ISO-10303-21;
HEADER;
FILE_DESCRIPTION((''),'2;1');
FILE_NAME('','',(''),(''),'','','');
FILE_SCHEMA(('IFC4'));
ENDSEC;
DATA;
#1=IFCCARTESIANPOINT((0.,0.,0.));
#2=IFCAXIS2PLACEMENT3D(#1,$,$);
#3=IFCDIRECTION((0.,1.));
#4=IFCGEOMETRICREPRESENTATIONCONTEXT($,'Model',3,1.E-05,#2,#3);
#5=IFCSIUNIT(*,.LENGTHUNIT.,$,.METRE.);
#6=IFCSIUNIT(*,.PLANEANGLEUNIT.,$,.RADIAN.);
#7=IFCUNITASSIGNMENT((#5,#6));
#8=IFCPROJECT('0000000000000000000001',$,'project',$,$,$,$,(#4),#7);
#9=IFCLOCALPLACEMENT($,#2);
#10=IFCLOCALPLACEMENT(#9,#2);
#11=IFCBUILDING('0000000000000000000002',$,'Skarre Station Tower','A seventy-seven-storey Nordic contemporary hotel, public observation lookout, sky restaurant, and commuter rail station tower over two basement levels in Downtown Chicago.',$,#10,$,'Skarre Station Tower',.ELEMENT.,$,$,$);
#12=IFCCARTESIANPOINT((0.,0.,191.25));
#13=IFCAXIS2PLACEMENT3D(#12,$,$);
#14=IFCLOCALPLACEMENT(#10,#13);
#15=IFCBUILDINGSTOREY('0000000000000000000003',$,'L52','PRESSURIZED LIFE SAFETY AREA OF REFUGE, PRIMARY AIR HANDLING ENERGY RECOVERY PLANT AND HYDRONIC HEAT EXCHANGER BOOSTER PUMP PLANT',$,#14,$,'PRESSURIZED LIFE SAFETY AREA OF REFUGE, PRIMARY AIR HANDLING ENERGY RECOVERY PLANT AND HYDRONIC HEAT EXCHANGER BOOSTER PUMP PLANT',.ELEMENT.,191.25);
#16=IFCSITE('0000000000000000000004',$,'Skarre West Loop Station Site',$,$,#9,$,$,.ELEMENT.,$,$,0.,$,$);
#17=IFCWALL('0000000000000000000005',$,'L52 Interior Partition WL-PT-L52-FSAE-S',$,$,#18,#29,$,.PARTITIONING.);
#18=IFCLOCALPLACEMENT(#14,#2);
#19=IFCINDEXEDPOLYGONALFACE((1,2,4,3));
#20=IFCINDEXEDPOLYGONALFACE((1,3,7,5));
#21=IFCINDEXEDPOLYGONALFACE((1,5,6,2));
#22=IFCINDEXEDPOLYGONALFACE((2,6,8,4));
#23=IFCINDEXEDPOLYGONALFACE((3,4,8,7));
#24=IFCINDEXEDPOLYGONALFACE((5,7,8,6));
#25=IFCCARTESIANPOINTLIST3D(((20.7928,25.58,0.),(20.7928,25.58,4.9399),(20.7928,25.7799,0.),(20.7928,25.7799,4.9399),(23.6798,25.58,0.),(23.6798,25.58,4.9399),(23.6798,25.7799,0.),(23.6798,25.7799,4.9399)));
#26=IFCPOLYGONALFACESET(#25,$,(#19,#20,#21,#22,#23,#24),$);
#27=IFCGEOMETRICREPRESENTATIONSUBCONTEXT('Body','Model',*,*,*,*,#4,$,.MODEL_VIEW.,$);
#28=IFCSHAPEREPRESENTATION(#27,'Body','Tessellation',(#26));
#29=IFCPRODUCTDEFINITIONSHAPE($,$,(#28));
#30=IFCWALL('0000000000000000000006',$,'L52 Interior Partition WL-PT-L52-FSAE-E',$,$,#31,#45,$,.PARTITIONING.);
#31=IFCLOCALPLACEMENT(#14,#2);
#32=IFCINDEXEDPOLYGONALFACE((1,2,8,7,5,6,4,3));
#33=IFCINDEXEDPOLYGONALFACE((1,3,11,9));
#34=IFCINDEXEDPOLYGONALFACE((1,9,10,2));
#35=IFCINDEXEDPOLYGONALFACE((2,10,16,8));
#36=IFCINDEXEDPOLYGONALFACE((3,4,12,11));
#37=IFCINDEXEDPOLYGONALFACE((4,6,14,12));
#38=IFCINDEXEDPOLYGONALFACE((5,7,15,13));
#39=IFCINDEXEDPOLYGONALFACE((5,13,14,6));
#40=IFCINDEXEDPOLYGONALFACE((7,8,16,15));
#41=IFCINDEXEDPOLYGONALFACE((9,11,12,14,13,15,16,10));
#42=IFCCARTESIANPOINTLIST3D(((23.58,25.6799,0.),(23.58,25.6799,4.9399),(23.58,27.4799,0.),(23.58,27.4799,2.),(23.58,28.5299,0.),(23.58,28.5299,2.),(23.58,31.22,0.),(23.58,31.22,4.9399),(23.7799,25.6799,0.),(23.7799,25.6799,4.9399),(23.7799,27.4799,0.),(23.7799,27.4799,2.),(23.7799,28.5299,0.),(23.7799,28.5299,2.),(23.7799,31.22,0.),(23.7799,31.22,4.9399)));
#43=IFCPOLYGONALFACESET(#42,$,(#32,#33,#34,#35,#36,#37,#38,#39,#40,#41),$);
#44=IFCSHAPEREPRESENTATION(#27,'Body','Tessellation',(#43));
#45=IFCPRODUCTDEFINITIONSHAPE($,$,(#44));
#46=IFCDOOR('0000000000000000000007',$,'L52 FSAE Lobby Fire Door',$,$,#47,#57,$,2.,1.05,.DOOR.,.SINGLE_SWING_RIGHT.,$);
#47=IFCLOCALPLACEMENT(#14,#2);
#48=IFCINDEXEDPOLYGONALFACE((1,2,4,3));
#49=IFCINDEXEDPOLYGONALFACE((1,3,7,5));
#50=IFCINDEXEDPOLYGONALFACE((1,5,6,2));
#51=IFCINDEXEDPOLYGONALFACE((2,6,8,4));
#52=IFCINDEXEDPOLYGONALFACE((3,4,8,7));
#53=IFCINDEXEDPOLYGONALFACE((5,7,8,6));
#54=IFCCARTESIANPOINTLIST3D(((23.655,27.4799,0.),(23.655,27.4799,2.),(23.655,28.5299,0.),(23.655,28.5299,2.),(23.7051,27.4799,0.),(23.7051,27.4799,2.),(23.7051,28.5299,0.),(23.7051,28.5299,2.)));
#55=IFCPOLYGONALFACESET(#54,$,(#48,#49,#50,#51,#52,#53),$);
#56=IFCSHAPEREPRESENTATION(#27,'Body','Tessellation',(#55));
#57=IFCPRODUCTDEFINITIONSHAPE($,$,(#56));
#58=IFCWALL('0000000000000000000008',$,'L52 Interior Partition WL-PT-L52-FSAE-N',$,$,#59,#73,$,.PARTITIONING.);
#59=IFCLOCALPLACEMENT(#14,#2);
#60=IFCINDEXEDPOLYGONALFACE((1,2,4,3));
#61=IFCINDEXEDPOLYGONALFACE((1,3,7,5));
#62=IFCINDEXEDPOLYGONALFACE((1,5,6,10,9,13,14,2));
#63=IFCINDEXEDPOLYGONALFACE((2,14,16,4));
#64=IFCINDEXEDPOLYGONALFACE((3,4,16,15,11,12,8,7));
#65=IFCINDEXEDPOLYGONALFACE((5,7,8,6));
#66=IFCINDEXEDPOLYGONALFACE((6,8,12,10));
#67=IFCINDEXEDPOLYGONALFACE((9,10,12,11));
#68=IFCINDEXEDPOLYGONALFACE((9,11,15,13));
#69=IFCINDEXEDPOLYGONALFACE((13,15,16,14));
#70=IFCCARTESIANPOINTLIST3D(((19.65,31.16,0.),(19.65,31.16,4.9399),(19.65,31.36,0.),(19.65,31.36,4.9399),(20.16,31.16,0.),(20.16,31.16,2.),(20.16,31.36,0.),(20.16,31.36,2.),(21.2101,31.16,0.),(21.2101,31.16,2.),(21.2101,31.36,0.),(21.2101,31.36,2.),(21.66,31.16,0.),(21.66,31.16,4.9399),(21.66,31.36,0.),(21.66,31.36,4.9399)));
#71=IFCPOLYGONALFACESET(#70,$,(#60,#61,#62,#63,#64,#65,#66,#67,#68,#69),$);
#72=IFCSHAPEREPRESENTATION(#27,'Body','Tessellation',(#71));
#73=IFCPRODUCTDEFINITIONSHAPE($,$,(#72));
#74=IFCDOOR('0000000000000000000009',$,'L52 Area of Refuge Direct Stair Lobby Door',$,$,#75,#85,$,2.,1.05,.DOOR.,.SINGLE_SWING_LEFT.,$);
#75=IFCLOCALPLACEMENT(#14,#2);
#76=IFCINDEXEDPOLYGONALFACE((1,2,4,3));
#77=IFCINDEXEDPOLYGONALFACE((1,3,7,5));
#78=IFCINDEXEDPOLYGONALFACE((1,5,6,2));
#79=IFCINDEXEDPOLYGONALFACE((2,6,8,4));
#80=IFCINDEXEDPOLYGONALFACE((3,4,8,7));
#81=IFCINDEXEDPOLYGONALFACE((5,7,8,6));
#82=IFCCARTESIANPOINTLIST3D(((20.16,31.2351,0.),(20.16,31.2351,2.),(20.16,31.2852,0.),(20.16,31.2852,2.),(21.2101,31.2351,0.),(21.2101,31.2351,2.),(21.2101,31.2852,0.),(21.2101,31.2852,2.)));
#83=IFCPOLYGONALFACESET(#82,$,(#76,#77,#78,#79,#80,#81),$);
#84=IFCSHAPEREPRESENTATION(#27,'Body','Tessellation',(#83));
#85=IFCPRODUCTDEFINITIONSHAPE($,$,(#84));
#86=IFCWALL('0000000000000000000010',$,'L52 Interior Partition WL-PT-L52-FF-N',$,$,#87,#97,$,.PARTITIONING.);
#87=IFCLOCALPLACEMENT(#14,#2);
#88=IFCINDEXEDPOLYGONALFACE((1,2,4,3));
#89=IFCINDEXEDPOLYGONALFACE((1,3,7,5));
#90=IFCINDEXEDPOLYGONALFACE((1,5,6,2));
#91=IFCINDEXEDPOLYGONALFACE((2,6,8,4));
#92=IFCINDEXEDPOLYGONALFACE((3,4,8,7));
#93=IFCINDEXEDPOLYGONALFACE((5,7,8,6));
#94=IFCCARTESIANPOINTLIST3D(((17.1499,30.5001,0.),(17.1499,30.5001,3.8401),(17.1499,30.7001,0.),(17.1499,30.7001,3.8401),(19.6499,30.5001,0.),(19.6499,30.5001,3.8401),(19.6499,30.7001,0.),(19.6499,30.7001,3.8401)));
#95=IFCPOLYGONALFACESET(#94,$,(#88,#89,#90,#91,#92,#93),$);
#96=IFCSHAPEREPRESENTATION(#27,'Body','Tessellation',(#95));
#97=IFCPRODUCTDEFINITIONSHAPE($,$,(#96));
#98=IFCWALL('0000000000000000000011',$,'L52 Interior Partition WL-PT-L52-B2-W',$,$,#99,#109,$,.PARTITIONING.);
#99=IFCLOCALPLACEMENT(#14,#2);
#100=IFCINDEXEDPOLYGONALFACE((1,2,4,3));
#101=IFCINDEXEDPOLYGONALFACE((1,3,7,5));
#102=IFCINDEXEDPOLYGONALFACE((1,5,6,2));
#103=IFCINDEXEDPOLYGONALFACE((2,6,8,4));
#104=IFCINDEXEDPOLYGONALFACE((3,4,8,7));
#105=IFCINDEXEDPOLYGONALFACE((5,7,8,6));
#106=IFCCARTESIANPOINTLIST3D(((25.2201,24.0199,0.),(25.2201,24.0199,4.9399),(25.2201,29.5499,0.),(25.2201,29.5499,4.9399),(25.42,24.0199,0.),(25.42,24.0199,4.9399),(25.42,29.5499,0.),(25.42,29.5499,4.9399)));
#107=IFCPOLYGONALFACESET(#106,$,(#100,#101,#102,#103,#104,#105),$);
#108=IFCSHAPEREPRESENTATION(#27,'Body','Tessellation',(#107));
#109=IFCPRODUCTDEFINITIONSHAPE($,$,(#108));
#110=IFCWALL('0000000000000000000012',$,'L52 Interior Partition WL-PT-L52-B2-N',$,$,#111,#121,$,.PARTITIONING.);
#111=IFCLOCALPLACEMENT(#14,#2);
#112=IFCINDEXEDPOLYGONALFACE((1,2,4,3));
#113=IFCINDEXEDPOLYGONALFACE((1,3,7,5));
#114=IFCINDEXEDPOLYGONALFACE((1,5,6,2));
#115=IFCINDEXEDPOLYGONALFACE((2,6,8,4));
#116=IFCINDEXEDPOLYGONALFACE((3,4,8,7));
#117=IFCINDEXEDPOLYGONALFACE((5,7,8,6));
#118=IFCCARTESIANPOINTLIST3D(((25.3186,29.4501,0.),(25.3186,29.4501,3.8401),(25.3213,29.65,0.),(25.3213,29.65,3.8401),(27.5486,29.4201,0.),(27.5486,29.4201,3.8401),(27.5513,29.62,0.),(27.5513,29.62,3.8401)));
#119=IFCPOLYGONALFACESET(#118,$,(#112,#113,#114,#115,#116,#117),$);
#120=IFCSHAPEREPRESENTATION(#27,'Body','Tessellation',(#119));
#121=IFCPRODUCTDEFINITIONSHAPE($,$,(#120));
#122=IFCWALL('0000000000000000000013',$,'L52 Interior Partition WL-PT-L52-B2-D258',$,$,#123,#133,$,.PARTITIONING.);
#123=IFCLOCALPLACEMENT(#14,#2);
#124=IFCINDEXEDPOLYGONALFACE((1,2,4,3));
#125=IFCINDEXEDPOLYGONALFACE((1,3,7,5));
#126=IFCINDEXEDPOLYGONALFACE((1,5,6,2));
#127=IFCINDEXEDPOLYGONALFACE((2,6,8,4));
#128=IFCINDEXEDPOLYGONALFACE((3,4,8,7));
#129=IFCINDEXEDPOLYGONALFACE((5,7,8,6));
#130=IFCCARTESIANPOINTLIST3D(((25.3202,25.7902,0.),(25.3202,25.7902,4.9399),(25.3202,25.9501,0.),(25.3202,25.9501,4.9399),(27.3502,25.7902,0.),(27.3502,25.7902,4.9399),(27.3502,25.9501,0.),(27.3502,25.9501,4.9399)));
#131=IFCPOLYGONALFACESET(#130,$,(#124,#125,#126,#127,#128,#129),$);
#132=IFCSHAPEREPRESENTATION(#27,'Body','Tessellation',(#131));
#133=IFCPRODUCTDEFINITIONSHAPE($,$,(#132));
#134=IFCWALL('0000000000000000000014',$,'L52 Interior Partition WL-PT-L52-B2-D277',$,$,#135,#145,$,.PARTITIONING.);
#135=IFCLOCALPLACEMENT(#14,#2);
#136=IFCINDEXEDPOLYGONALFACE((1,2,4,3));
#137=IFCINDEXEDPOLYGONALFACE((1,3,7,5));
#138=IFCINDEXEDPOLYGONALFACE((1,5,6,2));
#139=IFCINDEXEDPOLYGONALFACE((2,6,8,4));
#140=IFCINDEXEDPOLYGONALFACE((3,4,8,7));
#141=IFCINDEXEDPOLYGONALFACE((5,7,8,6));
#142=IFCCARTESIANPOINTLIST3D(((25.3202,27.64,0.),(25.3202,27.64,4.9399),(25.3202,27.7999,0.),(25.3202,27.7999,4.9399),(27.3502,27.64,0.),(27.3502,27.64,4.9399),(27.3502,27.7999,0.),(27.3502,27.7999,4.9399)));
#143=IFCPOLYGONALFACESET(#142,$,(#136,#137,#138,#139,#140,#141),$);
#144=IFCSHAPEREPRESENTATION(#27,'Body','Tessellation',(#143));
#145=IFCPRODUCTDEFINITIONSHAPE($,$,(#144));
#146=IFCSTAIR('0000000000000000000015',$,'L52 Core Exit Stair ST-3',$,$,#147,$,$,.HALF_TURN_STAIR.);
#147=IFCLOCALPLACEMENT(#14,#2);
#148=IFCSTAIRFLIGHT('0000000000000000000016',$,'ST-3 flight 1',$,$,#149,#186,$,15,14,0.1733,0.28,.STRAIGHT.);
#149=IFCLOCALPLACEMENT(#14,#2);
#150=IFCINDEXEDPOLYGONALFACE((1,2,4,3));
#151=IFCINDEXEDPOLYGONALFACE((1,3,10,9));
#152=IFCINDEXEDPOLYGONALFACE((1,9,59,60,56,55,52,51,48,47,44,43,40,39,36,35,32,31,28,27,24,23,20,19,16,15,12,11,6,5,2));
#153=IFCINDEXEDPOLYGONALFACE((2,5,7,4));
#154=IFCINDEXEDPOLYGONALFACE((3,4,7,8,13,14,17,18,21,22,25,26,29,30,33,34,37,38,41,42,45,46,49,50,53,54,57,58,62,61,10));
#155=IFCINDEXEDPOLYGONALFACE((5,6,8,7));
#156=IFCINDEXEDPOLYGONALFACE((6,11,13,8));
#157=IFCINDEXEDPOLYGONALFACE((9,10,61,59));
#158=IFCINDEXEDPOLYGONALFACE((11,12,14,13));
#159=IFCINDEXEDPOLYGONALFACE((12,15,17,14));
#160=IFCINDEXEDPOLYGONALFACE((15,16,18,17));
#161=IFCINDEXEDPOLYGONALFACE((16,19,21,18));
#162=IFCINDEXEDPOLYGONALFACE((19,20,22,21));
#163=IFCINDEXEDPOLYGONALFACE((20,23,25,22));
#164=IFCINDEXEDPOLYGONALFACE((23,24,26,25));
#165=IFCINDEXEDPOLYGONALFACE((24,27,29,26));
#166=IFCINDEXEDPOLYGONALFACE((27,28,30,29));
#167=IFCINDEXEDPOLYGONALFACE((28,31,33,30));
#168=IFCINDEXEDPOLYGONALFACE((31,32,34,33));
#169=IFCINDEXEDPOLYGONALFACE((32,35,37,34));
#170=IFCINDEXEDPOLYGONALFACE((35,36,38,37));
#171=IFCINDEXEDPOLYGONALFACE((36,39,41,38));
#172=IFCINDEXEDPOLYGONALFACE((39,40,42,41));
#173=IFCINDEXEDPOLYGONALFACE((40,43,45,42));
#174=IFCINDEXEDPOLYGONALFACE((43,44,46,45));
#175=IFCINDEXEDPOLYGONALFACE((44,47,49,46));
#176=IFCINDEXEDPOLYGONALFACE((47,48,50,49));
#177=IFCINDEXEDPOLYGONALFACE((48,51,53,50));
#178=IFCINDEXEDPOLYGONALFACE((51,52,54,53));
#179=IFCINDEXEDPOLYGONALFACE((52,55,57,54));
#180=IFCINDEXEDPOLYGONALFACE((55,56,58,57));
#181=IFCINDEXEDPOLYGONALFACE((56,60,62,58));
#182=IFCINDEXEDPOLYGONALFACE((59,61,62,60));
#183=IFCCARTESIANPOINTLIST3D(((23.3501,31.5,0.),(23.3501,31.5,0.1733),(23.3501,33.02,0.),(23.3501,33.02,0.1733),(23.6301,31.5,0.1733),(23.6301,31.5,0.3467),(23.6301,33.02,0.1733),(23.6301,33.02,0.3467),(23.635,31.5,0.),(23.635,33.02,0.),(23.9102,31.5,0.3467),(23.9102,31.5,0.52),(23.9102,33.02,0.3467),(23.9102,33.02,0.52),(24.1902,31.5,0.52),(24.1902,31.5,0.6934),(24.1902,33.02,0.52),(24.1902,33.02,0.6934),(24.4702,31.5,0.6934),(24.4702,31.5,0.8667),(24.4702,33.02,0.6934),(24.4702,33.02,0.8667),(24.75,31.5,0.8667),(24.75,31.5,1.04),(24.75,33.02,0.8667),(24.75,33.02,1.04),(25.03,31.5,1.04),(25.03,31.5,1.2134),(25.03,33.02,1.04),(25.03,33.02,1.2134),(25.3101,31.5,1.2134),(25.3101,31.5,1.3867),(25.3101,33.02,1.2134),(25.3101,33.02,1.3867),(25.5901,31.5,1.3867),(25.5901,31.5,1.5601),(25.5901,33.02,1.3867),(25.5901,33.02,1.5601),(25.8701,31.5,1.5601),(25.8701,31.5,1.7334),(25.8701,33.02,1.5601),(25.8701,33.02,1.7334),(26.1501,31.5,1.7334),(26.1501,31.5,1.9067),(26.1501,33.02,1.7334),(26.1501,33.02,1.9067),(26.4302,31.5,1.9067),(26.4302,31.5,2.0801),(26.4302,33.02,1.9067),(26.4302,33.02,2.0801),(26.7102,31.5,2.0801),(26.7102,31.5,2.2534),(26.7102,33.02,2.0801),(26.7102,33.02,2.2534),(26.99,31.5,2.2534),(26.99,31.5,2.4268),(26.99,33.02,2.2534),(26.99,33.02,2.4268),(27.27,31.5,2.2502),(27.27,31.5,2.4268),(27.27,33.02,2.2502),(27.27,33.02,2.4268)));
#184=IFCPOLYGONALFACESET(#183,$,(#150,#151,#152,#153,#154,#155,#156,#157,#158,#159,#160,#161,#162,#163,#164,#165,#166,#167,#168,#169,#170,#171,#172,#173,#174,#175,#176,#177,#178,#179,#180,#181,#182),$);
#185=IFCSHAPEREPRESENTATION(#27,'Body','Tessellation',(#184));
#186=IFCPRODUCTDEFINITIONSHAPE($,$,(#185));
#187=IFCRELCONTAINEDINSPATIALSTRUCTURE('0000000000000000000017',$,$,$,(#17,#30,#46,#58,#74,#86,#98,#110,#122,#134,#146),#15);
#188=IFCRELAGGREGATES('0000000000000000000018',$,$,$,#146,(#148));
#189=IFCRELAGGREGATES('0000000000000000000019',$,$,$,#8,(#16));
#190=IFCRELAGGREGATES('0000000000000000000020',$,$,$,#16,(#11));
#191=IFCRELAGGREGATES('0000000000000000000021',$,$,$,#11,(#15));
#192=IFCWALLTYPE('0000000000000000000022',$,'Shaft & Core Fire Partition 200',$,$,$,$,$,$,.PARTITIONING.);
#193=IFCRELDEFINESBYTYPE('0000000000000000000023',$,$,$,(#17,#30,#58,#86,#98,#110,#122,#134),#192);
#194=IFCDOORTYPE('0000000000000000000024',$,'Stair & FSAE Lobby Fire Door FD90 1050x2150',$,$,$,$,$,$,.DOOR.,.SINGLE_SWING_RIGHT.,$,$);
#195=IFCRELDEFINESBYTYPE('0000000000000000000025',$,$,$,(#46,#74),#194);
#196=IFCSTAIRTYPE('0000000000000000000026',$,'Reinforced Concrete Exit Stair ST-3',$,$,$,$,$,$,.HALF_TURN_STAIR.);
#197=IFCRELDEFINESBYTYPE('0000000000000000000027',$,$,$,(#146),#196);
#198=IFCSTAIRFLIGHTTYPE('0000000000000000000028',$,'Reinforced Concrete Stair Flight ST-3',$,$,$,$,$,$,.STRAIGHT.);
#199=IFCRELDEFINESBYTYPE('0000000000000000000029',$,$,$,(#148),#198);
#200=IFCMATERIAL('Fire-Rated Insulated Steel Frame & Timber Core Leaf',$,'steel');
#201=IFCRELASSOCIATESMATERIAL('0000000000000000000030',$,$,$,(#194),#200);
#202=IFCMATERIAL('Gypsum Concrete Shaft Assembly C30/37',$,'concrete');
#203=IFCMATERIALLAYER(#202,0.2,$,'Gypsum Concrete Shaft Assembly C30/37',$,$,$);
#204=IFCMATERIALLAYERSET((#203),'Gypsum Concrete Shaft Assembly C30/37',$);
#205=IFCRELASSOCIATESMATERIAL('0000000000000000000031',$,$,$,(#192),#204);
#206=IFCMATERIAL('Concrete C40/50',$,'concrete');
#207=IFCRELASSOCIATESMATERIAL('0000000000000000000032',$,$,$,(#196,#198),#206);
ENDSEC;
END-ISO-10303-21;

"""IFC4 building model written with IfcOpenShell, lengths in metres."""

from ifc_helpers import new_model, si_unit, direction, frame, frame_2d, origin, place, context, subcontext, project, spatial, polyline, rectangle, outline, extrude, material, layer, layer_set, type_object, element, fill, aggregate, save


model = new_model("IFC4")

# Units and contexts
model_context = context("Model", 3, precision=1e-05, world=origin(), true_north=direction((0.0, 1.0)))
body_context = subcontext(model_context, "Body", "Model", "MODEL_VIEW")
ifc_project = project(units=[si_unit("LENGTHUNIT", "METRE"), si_unit("PLANEANGLEUNIT", "RADIAN")], contexts=[model_context])

# Site, building, storey
site_placement = place(None, origin())
site = spatial("IfcSite", under=ifc_project, at=site_placement, Name="Skarre West Loop Station Site", CompositionType="ELEMENT", RefElevation=0.0)
building_placement = place(site_placement, origin())
building = spatial("IfcBuilding", under=site, at=building_placement, Name="Skarre Station Tower", Description="A seventy-seven-storey Nordic contemporary hotel, public observation lookout, sky restaurant, and commuter rail station tower over two basement levels in Downtown Chicago.", LongName="Skarre Station Tower", CompositionType="ELEMENT")
storey_placement = place(building_placement, frame((0.0, 0.0, 191.25)))
storey = spatial("IfcBuildingStorey", under=building, at=storey_placement, Name="L52", Description="PRESSURIZED LIFE SAFETY AREA OF REFUGE, PRIMARY AIR HANDLING ENERGY RECOVERY PLANT AND HYDRONIC HEAT EXCHANGER BOOSTER PUMP PLANT", LongName="PRESSURIZED LIFE SAFETY AREA OF REFUGE, PRIMARY AIR HANDLING ENERGY RECOVERY PLANT AND HYDRONIC HEAT EXCHANGER BOOSTER PUMP PLANT", CompositionType="ELEMENT", Elevation=191.25)

# Shared definitions
ifc_material_1 = material(Name="Fire-Rated Insulated Steel Frame & Timber Core Leaf", Category="steel")
door_type_1 = type_object("IfcDoorType", Name="Stair & FSAE Lobby Fire Door FD90 1050x2150", OperationType="SINGLE_SWING_RIGHT", PredefinedType="DOOR", material=ifc_material_1)

# Wall
ifc_material_2 = material(Name="Gypsum Concrete Shaft Assembly C30/37", Category="concrete")
ifc_layer_1 = layer(ifc_material_2, 0.2, Name="Gypsum Concrete Shaft Assembly C30/37")
ifc_layer_set_1 = layer_set([ifc_layer_1], Name="Gypsum Concrete Shaft Assembly C30/37")
wall_type_1 = type_object("IfcWallType", Name="Shaft & Core Fire Partition 200", PredefinedType="PARTITIONING", material=ifc_layer_set_1)
wall_1_placement = place(storey_placement, frame((20.793, 25.6799, 0.0), z_axis=(0.0, 0.0, 1.0), x_axis=(1.0, 0.0, 0.0)))
element("IfcWall", 1, at=wall_1_placement, inside=storey, type_object=wall_type_1, Name="L52 Interior Partition WL-PT-L52-FSAE-S", PredefinedType="PARTITIONING", context=body_context, shape_type="SweptSolid", body=[
    extrude(rectangle(XDim=2.887, YDim=0.2, at=frame_2d((1.4434, 0.0))), origin(), (0.0, 0.0, 1.0), 4.9399),
])

# Walls, openings, doors
wall_2_placement = place(storey_placement, frame((23.6799, 25.6799, 0.0), z_axis=(0.0, 0.0, 1.0), x_axis=(0.0, 1.0, 0.0)))
wall_2 = element("IfcWall", 2, at=wall_2_placement, inside=storey, type_object=wall_type_1, Name="L52 Interior Partition WL-PT-L52-FSAE-E", PredefinedType="PARTITIONING", context=body_context, shape_type="SweptSolid", body=[
    extrude(rectangle(XDim=5.54, YDim=0.2, at=frame_2d((2.77, 0.0))), origin(), (0.0, 0.0, 1.0), 4.9399),
])
opening_1_placement = place(wall_2_placement, frame((1.8, 0.0, 0.0)))
opening_1 = element("IfcOpeningElement", 3, at=opening_1_placement, cuts=wall_2, PredefinedType="OPENING", context=body_context, shape_type="SweptSolid", body=[
    extrude(rectangle(XDim=1.05, YDim=2.0, at=frame_2d((0.5249, 1.0))), frame((0.0, 0.1099, 0.0), z_axis=(0.0, -1.0, 0.0), x_axis=(1.0, 0.0, 0.0)), (0.0, 0.0, 1.0), 0.22),
])
door_1_placement = place(opening_1_placement, origin())
door_1 = element("IfcDoor", 4, at=door_1_placement, inside=storey, type_object=door_type_1, Name="L52 FSAE Lobby Fire Door", OperationType="SINGLE_SWING_RIGHT", OverallHeight=2.0, OverallWidth=1.05, PredefinedType="DOOR", context=body_context, shape_type="SweptSolid", body=[
    extrude(rectangle(XDim=1.05, YDim=2.0, at=frame_2d((0.5249, 1.0))), frame((0.0, 0.0249, 0.0), z_axis=(0.0, -1.0, 0.0), x_axis=(1.0, 0.0, 0.0)), (0.0, 0.0, 1.0), 0.05),
])
fill(opening_1, door_1)
wall_3_placement = place(storey_placement, frame((21.6599, 31.26, 0.0), z_axis=(0.0, 0.0, 1.0), x_axis=(-1.0, 0.0, 0.0)))
wall_3 = element("IfcWall", 5, at=wall_3_placement, inside=storey, type_object=wall_type_1, Name="L52 Interior Partition WL-PT-L52-FSAE-N", PredefinedType="PARTITIONING", context=body_context, shape_type="SweptSolid", body=[
    extrude(rectangle(XDim=2.01, YDim=0.2, at=frame_2d((1.0049, 0.0))), origin(), (0.0, 0.0, 1.0), 4.9399),
])
opening_2_placement = place(wall_3_placement, frame((0.45, 0.0, 0.0)))
opening_2 = element("IfcOpeningElement", 6, at=opening_2_placement, cuts=wall_3, PredefinedType="OPENING", context=body_context, shape_type="SweptSolid", body=[
    extrude(rectangle(XDim=1.05, YDim=2.0, at=frame_2d((0.5249, 1.0))), frame((0.0, 0.1099, 0.0), z_axis=(0.0, -1.0, 0.0), x_axis=(1.0, 0.0, 0.0)), (0.0, 0.0, 1.0), 0.22),
])
door_2_placement = place(opening_2_placement, origin())
door_2 = element("IfcDoor", 7, at=door_2_placement, inside=storey, type_object=door_type_1, Name="L52 Area of Refuge Direct Stair Lobby Door", OperationType="SINGLE_SWING_LEFT", OverallHeight=2.0, OverallWidth=1.05, PredefinedType="DOOR", context=body_context, shape_type="SweptSolid", body=[
    extrude(rectangle(XDim=1.05, YDim=2.0, at=frame_2d((0.5249, 1.0))), frame((0.0, 0.0249, 0.0), z_axis=(0.0, -1.0, 0.0), x_axis=(1.0, 0.0, 0.0)), (0.0, 0.0, 1.0), 0.05),
])
fill(opening_2, door_2)

# Walls
wall_4_placement = place(storey_placement, frame((19.6499, 30.6001, 0.0), z_axis=(0.0, 0.0, 1.0), x_axis=(-1.0, 0.0, 0.0)))
element("IfcWall", 8, at=wall_4_placement, inside=storey, type_object=wall_type_1, Name="L52 Interior Partition WL-PT-L52-FF-N", PredefinedType="PARTITIONING", context=body_context, shape_type="SweptSolid", body=[
    extrude(rectangle(XDim=2.5, YDim=0.2, at=frame_2d((1.25, 0.0))), origin(), (0.0, 0.0, 1.0), 3.8401),
])
wall_5_placement = place(storey_placement, frame((25.3201, 29.55, 0.0), z_axis=(0.0, 0.0, 1.0), x_axis=(0.0, -1.0, 0.0)))
element("IfcWall", 9, at=wall_5_placement, inside=storey, type_object=wall_type_1, Name="L52 Interior Partition WL-PT-L52-B2-W", PredefinedType="PARTITIONING", context=body_context, shape_type="SweptSolid", body=[
    extrude(rectangle(XDim=5.53, YDim=0.2, at=frame_2d((2.7651, 0.0))), origin(), (0.0, 0.0, 1.0), 4.9399),
])
wall_6_placement = place(storey_placement, frame((27.55, 29.52, 0.0), z_axis=(0.0, 0.0, 1.0), x_axis=(-0.999909, 0.013465, 0.0)))
element("IfcWall", 10, at=wall_6_placement, inside=storey, type_object=wall_type_1, Name="L52 Interior Partition WL-PT-L52-B2-N", PredefinedType="PARTITIONING", context=body_context, shape_type="SweptSolid", body=[
    extrude(rectangle(XDim=2.2302, YDim=0.2, at=frame_2d((1.1152, 0.0))), origin(), (0.0, 0.0, 1.0), 3.8401),
])
for number, where, z_axis, x_axis, name in (
    (11, (25.3201, 25.8701, 0.0), (0.0, 0.0, 1.0), (1.0, 0.0, 0.0), "L52 Interior Partition WL-PT-L52-B2-D258"),
    (12, (25.3201, 27.72, 0.0), (0.0, 0.0, 1.0), (1.0, 0.0, 0.0), "L52 Interior Partition WL-PT-L52-B2-D277"),
):
    element("IfcWall", number, at=place(storey_placement, frame(where, z_axis=z_axis, x_axis=x_axis)), inside=storey, type_object=wall_type_1, Name=name, PredefinedType="PARTITIONING", context=body_context, shape_type="SweptSolid", body=[
        extrude(rectangle(XDim=2.03, YDim=0.1599, at=frame_2d((1.0151, 0.0))), origin(), (0.0, 0.0, 1.0), 4.9399),
    ])

# Stair, stair flight
ifc_material_3 = material(Name="Concrete C40/50", Category="concrete")
stair_type = type_object("IfcStairType", Name="Reinforced Concrete Exit Stair ST-3", PredefinedType="HALF_TURN_STAIR", material=ifc_material_3)
stair_placement = place(storey_placement, origin())
stair = element("IfcStair", 13, at=stair_placement, inside=storey, type_object=stair_type, Name="L52 Core Exit Stair ST-3", PredefinedType="HALF_TURN_STAIR")
stair_flight_type = type_object("IfcStairFlightType", Name="Reinforced Concrete Stair Flight ST-3", PredefinedType="STRAIGHT", material=ifc_material_3)
stair_flight_placement = place(storey_placement, frame((23.3501, 32.26, 0.0), z_axis=(0.0, 0.0, 1.0), x_axis=(1.0, 0.0, 0.0)))
stair_flight = element("IfcStairFlight", 14, at=stair_flight_placement, type_object=stair_flight_type, Name="ST-3 flight 1", NumberOfRisers=15, NumberOfTreads=14, PredefinedType="STRAIGHT", RiserHeight=0.1733, TreadLength=0.28, context=body_context, shape_type="SweptSolid", body=[
    extrude(outline(polyline([(0.0, 0.0), (0.0, 0.1733), (0.28, 0.1733), (0.28, 0.3467), (0.5601, 0.3467), (0.5601, 0.52), (0.8401, 0.52), (0.8401, 0.6934), (1.1201, 0.6934), (1.1201, 0.8667), (1.3999, 0.8667), (1.3999, 1.04), (1.6799, 1.04), (1.6799, 1.2134), (1.96, 1.2134), (1.96, 1.3867), (2.24, 1.3867), (2.24, 1.5601), (2.52, 1.5601), (2.52, 1.7334), (2.8, 1.7334), (2.8, 1.9067), (3.0801, 1.9067), (3.0801, 2.0801), (3.3601, 2.0801), (3.3601, 2.2534), (3.6399, 2.2534), (3.6399, 2.4268), (3.9199, 2.4268), (3.9199, 2.6001), (3.9199, 2.2502), (0.2849, 0.0), (0.0, 0.0)])), frame((0.0, 0.76, 0.0), z_axis=(0.0, -1.0, 0.0), x_axis=(1.0, 0.0, 0.0)), (0.0, 0.0, 1.0), 1.52),
])
aggregate(stair, [stair_flight])

save(model, "model.ifc")
